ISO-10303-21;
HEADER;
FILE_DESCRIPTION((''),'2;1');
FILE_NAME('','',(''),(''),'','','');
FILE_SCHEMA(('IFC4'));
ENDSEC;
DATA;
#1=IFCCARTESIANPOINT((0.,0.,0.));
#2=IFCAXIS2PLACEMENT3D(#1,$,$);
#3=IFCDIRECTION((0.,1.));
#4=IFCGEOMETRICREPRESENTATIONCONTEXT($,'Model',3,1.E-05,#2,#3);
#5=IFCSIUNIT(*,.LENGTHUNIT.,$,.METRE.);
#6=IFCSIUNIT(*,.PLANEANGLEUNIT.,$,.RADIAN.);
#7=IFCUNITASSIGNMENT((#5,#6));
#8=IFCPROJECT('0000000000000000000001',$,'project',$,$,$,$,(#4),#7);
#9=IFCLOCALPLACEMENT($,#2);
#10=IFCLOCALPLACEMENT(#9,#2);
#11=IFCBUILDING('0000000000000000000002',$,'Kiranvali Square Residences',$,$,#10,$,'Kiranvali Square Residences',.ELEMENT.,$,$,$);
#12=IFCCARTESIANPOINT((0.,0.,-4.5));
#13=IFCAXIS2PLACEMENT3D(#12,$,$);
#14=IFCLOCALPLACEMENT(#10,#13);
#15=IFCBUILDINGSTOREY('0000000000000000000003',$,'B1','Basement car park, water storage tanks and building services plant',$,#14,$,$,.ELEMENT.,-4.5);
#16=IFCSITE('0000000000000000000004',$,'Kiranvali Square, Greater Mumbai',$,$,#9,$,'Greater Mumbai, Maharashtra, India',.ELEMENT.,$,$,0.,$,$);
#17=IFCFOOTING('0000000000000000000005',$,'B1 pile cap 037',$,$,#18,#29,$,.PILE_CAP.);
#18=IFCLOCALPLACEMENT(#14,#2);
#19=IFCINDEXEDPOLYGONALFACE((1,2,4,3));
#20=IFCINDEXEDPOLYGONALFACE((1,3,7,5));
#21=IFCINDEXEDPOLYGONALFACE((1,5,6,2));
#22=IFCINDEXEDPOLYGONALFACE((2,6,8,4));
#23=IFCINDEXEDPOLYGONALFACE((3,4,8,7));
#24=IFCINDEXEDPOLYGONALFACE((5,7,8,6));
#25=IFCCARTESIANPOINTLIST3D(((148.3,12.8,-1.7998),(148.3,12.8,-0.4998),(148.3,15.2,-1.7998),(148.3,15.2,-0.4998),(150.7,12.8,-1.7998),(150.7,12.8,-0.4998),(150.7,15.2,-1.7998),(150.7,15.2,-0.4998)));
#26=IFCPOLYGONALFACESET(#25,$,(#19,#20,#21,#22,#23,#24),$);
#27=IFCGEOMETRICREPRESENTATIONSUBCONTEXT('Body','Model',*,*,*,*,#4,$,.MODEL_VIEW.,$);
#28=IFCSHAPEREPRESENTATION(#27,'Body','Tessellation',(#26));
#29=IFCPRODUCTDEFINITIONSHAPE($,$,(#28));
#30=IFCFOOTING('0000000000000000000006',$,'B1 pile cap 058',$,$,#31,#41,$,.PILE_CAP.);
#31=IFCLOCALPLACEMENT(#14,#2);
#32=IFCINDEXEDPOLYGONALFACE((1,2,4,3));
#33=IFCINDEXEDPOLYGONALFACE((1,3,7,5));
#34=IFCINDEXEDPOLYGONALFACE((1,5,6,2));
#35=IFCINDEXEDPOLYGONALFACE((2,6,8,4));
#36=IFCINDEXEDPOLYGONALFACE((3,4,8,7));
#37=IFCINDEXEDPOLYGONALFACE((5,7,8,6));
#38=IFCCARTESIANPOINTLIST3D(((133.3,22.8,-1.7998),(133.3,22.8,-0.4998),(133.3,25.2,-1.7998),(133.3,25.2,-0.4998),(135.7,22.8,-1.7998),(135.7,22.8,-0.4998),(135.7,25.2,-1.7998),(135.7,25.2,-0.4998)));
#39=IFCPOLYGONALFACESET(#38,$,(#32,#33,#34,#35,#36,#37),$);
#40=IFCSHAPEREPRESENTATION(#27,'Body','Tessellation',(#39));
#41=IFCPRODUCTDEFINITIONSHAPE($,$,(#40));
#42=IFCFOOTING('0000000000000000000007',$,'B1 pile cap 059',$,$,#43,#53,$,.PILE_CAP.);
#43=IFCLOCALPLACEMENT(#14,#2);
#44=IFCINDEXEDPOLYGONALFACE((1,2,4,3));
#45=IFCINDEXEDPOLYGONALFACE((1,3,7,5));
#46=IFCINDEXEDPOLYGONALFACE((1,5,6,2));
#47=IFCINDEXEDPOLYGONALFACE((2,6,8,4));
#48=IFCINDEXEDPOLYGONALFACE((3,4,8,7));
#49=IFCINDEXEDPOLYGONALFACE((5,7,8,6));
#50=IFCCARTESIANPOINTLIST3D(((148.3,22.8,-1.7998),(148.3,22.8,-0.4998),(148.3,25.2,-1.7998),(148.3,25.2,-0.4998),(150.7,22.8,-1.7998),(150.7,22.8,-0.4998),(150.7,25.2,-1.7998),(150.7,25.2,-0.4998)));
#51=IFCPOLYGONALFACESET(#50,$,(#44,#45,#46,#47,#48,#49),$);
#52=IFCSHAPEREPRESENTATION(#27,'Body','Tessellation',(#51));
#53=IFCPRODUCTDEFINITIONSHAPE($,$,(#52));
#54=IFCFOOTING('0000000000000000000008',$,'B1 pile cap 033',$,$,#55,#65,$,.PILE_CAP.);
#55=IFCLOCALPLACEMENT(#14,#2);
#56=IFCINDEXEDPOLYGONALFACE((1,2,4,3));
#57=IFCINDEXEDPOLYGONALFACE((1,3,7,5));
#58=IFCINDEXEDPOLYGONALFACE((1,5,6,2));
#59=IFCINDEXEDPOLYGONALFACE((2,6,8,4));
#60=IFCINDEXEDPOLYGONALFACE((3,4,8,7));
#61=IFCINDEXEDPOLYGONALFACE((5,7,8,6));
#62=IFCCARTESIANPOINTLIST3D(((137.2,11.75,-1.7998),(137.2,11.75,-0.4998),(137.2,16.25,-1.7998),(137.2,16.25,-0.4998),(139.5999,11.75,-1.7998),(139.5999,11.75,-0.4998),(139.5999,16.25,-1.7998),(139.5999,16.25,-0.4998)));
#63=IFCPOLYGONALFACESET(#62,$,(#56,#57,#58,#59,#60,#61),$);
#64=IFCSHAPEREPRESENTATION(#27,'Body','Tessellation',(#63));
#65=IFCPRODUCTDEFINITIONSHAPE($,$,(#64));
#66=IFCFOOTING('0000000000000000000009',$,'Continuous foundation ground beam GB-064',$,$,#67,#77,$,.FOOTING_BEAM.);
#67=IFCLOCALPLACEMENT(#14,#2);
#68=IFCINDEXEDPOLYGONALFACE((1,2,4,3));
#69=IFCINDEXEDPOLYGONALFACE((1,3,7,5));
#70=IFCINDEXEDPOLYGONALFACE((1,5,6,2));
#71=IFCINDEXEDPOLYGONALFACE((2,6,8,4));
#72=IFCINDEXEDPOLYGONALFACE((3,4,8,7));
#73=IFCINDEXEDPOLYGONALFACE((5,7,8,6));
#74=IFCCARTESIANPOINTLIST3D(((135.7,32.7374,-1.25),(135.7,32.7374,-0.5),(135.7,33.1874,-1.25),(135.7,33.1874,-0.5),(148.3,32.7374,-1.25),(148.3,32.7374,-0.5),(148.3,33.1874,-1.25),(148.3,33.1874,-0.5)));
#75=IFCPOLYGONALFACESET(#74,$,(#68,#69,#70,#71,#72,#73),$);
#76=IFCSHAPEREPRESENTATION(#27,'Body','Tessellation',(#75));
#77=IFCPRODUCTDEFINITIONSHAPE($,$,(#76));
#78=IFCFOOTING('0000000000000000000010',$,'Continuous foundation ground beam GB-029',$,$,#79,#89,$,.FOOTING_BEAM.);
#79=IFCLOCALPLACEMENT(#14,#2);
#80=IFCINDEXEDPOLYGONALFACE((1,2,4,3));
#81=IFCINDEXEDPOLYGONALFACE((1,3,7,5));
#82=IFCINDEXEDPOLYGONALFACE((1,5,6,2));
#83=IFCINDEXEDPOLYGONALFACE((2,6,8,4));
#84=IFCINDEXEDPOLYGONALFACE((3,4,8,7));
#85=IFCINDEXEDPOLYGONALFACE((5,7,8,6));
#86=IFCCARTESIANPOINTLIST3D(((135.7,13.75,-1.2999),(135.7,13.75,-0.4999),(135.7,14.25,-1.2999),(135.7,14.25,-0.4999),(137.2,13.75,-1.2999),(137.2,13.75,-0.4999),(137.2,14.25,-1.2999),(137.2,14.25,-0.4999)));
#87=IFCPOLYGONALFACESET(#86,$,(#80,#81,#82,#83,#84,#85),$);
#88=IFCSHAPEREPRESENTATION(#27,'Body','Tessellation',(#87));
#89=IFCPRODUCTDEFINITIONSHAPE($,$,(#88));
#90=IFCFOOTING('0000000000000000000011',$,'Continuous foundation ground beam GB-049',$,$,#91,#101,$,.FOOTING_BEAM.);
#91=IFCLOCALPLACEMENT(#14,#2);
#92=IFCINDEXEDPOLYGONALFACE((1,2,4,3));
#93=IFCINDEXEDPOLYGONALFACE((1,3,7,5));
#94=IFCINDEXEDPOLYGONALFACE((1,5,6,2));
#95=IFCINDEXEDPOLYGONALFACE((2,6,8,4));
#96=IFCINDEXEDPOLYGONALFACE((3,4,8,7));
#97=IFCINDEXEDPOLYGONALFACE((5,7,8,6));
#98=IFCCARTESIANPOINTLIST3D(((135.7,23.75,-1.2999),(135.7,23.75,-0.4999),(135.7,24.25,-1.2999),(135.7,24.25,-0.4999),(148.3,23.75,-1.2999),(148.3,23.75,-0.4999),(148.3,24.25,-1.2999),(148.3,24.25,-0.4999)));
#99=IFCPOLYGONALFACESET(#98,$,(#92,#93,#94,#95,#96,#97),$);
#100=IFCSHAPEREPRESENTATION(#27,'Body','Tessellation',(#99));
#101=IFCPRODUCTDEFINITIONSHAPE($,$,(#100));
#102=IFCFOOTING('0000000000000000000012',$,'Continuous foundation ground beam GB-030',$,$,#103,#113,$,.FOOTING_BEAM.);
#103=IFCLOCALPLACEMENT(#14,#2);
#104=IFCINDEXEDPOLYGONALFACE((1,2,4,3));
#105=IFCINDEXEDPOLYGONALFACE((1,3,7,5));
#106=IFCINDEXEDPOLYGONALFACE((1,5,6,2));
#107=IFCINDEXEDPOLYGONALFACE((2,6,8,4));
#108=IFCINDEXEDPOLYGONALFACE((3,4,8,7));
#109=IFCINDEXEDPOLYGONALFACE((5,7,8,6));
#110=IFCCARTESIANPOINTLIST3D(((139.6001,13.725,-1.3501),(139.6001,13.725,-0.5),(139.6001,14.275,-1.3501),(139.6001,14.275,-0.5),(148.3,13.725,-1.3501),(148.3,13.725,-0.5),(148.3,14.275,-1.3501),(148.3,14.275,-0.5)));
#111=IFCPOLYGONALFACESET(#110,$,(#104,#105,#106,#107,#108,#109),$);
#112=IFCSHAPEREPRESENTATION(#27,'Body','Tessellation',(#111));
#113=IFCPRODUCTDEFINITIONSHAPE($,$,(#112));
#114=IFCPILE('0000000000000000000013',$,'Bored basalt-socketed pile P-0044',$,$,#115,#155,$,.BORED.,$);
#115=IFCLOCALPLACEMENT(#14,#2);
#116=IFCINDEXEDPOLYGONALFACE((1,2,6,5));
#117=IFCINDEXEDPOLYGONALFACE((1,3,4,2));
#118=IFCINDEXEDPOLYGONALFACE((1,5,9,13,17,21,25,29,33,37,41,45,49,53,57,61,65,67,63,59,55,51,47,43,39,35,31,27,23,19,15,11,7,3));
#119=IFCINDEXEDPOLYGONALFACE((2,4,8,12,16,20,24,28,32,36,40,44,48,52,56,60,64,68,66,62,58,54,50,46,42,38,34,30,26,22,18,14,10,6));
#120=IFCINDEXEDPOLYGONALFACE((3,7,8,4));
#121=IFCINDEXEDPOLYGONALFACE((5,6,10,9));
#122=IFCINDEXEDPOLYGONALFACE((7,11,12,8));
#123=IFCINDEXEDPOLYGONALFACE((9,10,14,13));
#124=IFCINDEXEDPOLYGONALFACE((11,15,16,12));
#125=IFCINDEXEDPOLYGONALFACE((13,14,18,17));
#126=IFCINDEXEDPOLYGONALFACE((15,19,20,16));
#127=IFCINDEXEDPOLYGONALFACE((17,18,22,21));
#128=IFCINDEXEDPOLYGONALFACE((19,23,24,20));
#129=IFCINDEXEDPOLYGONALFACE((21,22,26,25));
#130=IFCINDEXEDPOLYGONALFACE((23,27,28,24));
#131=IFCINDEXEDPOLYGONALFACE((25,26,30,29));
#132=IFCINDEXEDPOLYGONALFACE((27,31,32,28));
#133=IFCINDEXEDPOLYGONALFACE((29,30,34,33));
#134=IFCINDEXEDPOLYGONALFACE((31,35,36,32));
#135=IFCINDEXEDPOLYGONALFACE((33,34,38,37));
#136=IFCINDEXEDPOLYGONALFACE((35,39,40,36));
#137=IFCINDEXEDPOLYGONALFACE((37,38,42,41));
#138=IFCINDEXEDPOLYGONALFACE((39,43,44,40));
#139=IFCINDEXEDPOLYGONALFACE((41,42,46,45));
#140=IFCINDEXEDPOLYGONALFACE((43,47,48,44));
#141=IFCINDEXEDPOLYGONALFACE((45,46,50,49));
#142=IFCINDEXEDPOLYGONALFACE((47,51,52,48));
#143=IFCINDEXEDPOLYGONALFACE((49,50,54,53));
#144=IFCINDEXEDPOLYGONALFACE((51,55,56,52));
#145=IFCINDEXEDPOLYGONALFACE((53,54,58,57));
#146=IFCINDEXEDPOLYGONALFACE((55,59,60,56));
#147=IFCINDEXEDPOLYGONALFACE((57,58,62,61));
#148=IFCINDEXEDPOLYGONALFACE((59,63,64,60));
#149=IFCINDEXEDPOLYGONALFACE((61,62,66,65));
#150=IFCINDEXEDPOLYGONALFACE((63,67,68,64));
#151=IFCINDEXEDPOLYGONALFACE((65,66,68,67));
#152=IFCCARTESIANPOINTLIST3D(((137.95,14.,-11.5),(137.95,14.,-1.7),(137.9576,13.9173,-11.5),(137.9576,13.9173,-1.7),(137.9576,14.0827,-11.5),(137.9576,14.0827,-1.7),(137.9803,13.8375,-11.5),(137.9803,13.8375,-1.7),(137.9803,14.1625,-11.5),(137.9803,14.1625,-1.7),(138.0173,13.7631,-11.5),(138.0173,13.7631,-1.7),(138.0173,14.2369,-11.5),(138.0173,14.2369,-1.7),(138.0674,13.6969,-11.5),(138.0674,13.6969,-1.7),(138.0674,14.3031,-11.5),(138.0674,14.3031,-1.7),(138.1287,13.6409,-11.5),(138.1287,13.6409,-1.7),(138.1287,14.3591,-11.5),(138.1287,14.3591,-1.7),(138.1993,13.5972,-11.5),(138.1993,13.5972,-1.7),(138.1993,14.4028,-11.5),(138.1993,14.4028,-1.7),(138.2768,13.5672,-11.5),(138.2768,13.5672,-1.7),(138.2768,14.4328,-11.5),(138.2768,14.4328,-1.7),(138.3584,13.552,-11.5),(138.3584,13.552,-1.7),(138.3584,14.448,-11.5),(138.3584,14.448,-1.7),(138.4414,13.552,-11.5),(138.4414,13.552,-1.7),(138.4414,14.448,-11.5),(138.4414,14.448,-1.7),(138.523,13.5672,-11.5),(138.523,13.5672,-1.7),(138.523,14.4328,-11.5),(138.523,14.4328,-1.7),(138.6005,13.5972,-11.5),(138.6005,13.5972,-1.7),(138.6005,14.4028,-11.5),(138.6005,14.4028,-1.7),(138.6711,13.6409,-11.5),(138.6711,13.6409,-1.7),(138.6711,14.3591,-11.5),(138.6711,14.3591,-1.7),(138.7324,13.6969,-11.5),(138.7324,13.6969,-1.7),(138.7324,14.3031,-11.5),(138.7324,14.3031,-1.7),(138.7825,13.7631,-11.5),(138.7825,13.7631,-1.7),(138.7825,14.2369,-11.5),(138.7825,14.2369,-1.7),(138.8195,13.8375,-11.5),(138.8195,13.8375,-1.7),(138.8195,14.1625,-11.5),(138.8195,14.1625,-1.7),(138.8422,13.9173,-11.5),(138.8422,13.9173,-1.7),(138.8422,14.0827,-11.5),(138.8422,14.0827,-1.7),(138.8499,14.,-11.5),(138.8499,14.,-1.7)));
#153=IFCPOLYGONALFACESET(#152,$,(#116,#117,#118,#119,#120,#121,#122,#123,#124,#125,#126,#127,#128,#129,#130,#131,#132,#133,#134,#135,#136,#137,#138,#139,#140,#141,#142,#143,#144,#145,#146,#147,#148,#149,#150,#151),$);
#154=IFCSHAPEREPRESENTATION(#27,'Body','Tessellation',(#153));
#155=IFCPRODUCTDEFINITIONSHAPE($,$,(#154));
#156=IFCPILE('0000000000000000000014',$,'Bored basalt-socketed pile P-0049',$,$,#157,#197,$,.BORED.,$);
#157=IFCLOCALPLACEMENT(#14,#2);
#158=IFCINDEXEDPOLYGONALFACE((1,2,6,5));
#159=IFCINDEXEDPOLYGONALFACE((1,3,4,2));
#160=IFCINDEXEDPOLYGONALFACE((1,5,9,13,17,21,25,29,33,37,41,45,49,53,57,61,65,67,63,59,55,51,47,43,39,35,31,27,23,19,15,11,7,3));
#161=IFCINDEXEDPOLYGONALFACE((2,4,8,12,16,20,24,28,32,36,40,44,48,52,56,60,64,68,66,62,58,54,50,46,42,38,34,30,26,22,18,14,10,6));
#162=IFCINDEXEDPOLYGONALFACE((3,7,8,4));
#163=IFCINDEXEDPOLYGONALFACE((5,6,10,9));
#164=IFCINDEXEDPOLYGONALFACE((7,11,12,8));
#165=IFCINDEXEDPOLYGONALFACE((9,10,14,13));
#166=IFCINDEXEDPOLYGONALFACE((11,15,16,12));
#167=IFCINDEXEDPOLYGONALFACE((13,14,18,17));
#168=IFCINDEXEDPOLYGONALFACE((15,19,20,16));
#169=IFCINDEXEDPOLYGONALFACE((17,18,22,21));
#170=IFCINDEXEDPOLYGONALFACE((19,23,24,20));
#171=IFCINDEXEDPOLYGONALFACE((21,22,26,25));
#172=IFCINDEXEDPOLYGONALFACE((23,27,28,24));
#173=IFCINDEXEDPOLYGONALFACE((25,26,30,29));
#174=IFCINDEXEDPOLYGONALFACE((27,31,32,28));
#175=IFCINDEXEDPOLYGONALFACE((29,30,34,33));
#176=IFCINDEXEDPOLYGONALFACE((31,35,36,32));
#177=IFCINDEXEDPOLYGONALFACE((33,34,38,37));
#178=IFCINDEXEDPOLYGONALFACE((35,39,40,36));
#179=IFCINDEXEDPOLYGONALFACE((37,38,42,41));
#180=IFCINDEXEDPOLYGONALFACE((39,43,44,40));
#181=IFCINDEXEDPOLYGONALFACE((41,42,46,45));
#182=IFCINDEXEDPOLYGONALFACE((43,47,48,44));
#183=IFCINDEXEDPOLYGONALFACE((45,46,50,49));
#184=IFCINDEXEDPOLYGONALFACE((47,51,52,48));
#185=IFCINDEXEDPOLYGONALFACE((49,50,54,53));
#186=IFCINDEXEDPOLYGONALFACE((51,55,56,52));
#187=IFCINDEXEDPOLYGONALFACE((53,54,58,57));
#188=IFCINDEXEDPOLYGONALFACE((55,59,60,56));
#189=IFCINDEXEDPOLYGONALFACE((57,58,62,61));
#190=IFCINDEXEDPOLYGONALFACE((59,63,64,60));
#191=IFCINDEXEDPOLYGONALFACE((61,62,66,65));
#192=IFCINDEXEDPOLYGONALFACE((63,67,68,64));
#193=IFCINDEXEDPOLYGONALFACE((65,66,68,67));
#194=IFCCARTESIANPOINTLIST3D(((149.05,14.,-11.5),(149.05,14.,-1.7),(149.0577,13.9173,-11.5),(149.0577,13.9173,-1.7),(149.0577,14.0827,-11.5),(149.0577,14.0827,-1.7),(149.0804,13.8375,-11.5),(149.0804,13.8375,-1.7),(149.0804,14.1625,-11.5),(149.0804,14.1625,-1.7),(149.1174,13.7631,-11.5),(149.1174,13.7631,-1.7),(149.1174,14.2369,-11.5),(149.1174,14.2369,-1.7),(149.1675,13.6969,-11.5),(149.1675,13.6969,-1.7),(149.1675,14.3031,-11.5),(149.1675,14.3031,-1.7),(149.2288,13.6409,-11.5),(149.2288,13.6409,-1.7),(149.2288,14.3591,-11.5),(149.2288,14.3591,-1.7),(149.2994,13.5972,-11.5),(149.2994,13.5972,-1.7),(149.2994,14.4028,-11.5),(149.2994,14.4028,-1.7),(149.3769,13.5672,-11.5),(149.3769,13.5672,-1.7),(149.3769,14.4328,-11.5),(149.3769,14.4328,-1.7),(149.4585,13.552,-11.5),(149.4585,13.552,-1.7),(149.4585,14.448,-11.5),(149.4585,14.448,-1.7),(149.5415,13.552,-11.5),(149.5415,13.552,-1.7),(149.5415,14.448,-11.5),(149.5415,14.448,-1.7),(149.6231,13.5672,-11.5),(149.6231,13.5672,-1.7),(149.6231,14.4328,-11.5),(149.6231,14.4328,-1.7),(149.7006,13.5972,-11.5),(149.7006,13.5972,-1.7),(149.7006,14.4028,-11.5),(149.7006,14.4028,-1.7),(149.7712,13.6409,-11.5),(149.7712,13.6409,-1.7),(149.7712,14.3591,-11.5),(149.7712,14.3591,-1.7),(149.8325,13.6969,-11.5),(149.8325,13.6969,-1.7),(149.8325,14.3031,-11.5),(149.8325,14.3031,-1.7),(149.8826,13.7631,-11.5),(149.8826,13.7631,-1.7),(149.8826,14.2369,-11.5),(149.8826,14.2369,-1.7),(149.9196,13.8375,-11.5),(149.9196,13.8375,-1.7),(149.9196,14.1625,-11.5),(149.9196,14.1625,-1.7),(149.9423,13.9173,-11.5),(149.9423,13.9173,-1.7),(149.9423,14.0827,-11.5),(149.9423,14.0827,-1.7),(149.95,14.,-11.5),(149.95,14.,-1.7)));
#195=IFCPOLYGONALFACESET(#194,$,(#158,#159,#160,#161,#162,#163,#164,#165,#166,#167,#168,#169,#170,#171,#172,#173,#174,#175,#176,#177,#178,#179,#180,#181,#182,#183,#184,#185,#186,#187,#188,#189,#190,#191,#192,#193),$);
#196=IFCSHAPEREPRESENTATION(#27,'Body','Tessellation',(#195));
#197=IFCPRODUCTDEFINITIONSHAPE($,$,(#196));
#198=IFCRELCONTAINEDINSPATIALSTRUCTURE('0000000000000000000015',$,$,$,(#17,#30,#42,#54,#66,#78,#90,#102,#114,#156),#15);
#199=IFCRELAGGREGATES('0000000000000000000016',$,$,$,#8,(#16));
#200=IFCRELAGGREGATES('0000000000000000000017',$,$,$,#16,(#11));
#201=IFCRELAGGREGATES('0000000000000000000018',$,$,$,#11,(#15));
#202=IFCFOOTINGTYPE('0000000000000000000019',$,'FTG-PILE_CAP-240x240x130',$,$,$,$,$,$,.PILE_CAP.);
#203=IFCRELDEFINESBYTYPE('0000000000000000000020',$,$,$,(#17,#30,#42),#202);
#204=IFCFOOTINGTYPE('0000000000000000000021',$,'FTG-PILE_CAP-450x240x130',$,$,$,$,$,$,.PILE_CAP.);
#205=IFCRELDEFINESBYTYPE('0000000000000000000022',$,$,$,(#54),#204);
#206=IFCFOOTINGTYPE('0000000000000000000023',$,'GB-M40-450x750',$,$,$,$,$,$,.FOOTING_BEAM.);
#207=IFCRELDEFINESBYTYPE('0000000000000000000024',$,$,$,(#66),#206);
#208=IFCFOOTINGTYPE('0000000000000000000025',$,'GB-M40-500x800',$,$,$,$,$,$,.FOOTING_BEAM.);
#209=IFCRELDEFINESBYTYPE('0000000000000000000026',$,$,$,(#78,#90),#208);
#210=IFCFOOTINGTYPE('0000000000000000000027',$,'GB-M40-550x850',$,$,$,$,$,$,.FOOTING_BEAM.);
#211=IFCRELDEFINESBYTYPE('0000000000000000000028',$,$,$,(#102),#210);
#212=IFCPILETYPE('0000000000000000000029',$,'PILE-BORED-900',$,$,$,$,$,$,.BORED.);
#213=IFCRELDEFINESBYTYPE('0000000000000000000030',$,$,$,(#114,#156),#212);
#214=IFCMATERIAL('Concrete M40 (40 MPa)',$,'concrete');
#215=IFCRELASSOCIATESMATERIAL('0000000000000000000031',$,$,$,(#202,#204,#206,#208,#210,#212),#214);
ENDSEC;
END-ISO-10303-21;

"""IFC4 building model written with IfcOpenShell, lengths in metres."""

from ifc_helpers import new_model, si_unit, direction, frame, origin, origin_2d, place, context, subcontext, project, spatial, rectangle, circle, extrude, material, material_profile, profile_set, type_object, element, save


model = new_model("IFC4")

# Units and contexts
model_context = context("Model", 3, precision=1e-05, world=origin(), true_north=direction((0.0, 1.0)))
body_context = subcontext(model_context, "Body", "Model", "MODEL_VIEW")
ifc_project = project(units=[si_unit("LENGTHUNIT", "METRE"), si_unit("PLANEANGLEUNIT", "RADIAN")], contexts=[model_context])

# Site, building, storey
site_placement = place(None, origin())
site = spatial("IfcSite", under=ifc_project, at=site_placement, Name="Kiranvali Square, Greater Mumbai", LongName="Greater Mumbai, Maharashtra, India", CompositionType="ELEMENT", RefElevation=0.0)
building_placement = place(site_placement, origin())
building = spatial("IfcBuilding", under=site, at=building_placement, Name="Kiranvali Square Residences", LongName="Kiranvali Square Residences", CompositionType="ELEMENT")
storey_placement = place(building_placement, frame((0.0, 0.0, -4.5)))
storey = spatial("IfcBuildingStorey", under=building, at=storey_placement, Name="B1", Description="Basement car park, water storage tanks and building services plant", CompositionType="ELEMENT", Elevation=-4.5)

# Footings
ifc_material_1 = material(Name="Concrete M40 (40 MPa)", Category="concrete")
footing_type_1 = type_object("IfcFootingType", Name="FTG-PILE_CAP-240x240x130", PredefinedType="PILE_CAP", material=ifc_material_1)
for number, where, z_axis, x_axis, name in (
    (1, (149.5, 14.0, -1.7998), (0.0, 0.0, 1.0), (1.0, 0.0, 0.0), "B1 pile cap 037"),
    (2, (134.5, 24.0, -1.7998), (0.0, 0.0, 1.0), (1.0, 0.0, 0.0), "B1 pile cap 058"),
    (3, (149.5, 24.0, -1.7998), (0.0, 0.0, 1.0), (1.0, 0.0, 0.0), "B1 pile cap 059"),
):
    element("IfcFooting", number, at=place(storey_placement, frame(where, z_axis=z_axis, x_axis=x_axis)), inside=storey, type_object=footing_type_1, Name=name, PredefinedType="PILE_CAP", context=body_context, shape_type="SweptSolid", body=[
        extrude(rectangle(XDim=2.3999, YDim=2.3999, at=origin_2d()), origin(), (0.0, 0.0, 1.0), 1.3),
    ])
footing_type_2 = type_object("IfcFootingType", Name="FTG-PILE_CAP-450x240x130", PredefinedType="PILE_CAP", material=ifc_material_1)
footing_1_placement = place(storey_placement, frame((138.3999, 14.0, -1.7998), z_axis=(0.0, 0.0, 1.0), x_axis=(0.0, 1.0, 0.0)))
element("IfcFooting", 4, at=footing_1_placement, inside=storey, type_object=footing_type_2, Name="B1 pile cap 033", PredefinedType="PILE_CAP", context=body_context, shape_type="SweptSolid", body=[
    extrude(rectangle(XDim=4.5, YDim=2.3999, at=origin_2d()), origin(), (0.0, 0.0, 1.0), 1.3),
])
ifc_material_profile_1 = material_profile(ifc_material_1, rectangle(XDim=0.45, YDim=0.75, at=origin_2d()), Name="GB 450x750")
ifc_profile_set_1 = profile_set([ifc_material_profile_1], Name="Concrete M40 (40 MPa)")
footing_type_3 = type_object("IfcFootingType", Name="GB-M40-450x750", PredefinedType="FOOTING_BEAM", material=ifc_profile_set_1)
footing_2_placement = place(storey_placement, frame((135.7, 32.9624, -0.875), z_axis=(1.0, 0.0, 0.0), x_axis=(0.0, 1.0, 0.0)))
element("IfcFooting", 5, at=footing_2_placement, inside=storey, type_object=footing_type_3, Name="Continuous foundation ground beam GB-064", PredefinedType="FOOTING_BEAM", context=body_context, shape_type="SweptSolid", body=[
    extrude(rectangle(XDim=0.45, YDim=0.75, at=origin_2d()), origin(), (0.0, 0.0, 1.0), 12.6001),
])
ifc_material_profile_2 = material_profile(ifc_material_1, rectangle(XDim=0.5, YDim=0.8, at=origin_2d()), Name="GB 500x800")
ifc_profile_set_2 = profile_set([ifc_material_profile_2], Name="Concrete M40 (40 MPa)")
footing_type_4 = type_object("IfcFootingType", Name="GB-M40-500x800", PredefinedType="FOOTING_BEAM", material=ifc_profile_set_2)
footing_3_placement = place(storey_placement, frame((135.7, 14.0, -0.8999), z_axis=(1.0, 0.0, 0.0), x_axis=(0.0, 1.0, 0.0)))
element("IfcFooting", 6, at=footing_3_placement, inside=storey, type_object=footing_type_4, Name="Continuous foundation ground beam GB-029", PredefinedType="FOOTING_BEAM", context=body_context, shape_type="SweptSolid", body=[
    extrude(rectangle(XDim=0.5, YDim=0.8, at=origin_2d()), origin(), (0.0, 0.0, 1.0), 1.5),
])
footing_4_placement = place(storey_placement, frame((135.7, 24.0, -0.8999), z_axis=(1.0, 0.0, 0.0), x_axis=(0.0, 1.0, 0.0)))
element("IfcFooting", 7, at=footing_4_placement, inside=storey, type_object=footing_type_4, Name="Continuous foundation ground beam GB-049", PredefinedType="FOOTING_BEAM", context=body_context, shape_type="SweptSolid", body=[
    extrude(rectangle(XDim=0.5, YDim=0.8, at=origin_2d()), origin(), (0.0, 0.0, 1.0), 12.6001),
])
ifc_material_profile_3 = material_profile(ifc_material_1, rectangle(XDim=0.55, YDim=0.8501, at=origin_2d()), Name="GB 550x850")
ifc_profile_set_3 = profile_set([ifc_material_profile_3], Name="Concrete M40 (40 MPa)")
footing_type_5 = type_object("IfcFootingType", Name="GB-M40-550x850", PredefinedType="FOOTING_BEAM", material=ifc_profile_set_3)
footing_5_placement = place(storey_placement, frame((139.6001, 14.0, -0.925), z_axis=(1.0, 0.0, 0.0), x_axis=(0.0, 1.0, 0.0)))
element("IfcFooting", 8, at=footing_5_placement, inside=storey, type_object=footing_type_5, Name="Continuous foundation ground beam GB-030", PredefinedType="FOOTING_BEAM", context=body_context, shape_type="SweptSolid", body=[
    extrude(rectangle(XDim=0.55, YDim=0.8501, at=origin_2d()), origin(), (0.0, 0.0, 1.0), 8.7),
])

# Piles
ifc_material_profile_4 = material_profile(ifc_material_1, circle(Radius=0.45, at=origin_2d()), Name="BORED PILE 900")
ifc_profile_set_4 = profile_set([ifc_material_profile_4], Name="Concrete M40 (40 MPa)")
pile_type = type_object("IfcPileType", Name="PILE-BORED-900", PredefinedType="BORED", material=ifc_profile_set_4)
for number, where, z_axis, x_axis, name in (
    (9, (138.3999, 14.0, -1.7), (0.0, 0.0, -1.0), (1.0, 0.0, 0.0), "Bored basalt-socketed pile P-0044"),
    (10, (149.5, 14.0, -1.7), (0.0, 0.0, -1.0), (1.0, 0.0, 0.0), "Bored basalt-socketed pile P-0049"),
):
    element("IfcPile", number, at=place(storey_placement, frame(where, z_axis=z_axis, x_axis=x_axis)), inside=storey, type_object=pile_type, Name=name, PredefinedType="BORED", context=body_context, shape_type="SweptSolid", body=[
        extrude(circle(Radius=0.45, at=origin_2d()), origin(), (0.0, 0.0, 1.0), 9.8),
    ])

save(model, "model.ifc")
